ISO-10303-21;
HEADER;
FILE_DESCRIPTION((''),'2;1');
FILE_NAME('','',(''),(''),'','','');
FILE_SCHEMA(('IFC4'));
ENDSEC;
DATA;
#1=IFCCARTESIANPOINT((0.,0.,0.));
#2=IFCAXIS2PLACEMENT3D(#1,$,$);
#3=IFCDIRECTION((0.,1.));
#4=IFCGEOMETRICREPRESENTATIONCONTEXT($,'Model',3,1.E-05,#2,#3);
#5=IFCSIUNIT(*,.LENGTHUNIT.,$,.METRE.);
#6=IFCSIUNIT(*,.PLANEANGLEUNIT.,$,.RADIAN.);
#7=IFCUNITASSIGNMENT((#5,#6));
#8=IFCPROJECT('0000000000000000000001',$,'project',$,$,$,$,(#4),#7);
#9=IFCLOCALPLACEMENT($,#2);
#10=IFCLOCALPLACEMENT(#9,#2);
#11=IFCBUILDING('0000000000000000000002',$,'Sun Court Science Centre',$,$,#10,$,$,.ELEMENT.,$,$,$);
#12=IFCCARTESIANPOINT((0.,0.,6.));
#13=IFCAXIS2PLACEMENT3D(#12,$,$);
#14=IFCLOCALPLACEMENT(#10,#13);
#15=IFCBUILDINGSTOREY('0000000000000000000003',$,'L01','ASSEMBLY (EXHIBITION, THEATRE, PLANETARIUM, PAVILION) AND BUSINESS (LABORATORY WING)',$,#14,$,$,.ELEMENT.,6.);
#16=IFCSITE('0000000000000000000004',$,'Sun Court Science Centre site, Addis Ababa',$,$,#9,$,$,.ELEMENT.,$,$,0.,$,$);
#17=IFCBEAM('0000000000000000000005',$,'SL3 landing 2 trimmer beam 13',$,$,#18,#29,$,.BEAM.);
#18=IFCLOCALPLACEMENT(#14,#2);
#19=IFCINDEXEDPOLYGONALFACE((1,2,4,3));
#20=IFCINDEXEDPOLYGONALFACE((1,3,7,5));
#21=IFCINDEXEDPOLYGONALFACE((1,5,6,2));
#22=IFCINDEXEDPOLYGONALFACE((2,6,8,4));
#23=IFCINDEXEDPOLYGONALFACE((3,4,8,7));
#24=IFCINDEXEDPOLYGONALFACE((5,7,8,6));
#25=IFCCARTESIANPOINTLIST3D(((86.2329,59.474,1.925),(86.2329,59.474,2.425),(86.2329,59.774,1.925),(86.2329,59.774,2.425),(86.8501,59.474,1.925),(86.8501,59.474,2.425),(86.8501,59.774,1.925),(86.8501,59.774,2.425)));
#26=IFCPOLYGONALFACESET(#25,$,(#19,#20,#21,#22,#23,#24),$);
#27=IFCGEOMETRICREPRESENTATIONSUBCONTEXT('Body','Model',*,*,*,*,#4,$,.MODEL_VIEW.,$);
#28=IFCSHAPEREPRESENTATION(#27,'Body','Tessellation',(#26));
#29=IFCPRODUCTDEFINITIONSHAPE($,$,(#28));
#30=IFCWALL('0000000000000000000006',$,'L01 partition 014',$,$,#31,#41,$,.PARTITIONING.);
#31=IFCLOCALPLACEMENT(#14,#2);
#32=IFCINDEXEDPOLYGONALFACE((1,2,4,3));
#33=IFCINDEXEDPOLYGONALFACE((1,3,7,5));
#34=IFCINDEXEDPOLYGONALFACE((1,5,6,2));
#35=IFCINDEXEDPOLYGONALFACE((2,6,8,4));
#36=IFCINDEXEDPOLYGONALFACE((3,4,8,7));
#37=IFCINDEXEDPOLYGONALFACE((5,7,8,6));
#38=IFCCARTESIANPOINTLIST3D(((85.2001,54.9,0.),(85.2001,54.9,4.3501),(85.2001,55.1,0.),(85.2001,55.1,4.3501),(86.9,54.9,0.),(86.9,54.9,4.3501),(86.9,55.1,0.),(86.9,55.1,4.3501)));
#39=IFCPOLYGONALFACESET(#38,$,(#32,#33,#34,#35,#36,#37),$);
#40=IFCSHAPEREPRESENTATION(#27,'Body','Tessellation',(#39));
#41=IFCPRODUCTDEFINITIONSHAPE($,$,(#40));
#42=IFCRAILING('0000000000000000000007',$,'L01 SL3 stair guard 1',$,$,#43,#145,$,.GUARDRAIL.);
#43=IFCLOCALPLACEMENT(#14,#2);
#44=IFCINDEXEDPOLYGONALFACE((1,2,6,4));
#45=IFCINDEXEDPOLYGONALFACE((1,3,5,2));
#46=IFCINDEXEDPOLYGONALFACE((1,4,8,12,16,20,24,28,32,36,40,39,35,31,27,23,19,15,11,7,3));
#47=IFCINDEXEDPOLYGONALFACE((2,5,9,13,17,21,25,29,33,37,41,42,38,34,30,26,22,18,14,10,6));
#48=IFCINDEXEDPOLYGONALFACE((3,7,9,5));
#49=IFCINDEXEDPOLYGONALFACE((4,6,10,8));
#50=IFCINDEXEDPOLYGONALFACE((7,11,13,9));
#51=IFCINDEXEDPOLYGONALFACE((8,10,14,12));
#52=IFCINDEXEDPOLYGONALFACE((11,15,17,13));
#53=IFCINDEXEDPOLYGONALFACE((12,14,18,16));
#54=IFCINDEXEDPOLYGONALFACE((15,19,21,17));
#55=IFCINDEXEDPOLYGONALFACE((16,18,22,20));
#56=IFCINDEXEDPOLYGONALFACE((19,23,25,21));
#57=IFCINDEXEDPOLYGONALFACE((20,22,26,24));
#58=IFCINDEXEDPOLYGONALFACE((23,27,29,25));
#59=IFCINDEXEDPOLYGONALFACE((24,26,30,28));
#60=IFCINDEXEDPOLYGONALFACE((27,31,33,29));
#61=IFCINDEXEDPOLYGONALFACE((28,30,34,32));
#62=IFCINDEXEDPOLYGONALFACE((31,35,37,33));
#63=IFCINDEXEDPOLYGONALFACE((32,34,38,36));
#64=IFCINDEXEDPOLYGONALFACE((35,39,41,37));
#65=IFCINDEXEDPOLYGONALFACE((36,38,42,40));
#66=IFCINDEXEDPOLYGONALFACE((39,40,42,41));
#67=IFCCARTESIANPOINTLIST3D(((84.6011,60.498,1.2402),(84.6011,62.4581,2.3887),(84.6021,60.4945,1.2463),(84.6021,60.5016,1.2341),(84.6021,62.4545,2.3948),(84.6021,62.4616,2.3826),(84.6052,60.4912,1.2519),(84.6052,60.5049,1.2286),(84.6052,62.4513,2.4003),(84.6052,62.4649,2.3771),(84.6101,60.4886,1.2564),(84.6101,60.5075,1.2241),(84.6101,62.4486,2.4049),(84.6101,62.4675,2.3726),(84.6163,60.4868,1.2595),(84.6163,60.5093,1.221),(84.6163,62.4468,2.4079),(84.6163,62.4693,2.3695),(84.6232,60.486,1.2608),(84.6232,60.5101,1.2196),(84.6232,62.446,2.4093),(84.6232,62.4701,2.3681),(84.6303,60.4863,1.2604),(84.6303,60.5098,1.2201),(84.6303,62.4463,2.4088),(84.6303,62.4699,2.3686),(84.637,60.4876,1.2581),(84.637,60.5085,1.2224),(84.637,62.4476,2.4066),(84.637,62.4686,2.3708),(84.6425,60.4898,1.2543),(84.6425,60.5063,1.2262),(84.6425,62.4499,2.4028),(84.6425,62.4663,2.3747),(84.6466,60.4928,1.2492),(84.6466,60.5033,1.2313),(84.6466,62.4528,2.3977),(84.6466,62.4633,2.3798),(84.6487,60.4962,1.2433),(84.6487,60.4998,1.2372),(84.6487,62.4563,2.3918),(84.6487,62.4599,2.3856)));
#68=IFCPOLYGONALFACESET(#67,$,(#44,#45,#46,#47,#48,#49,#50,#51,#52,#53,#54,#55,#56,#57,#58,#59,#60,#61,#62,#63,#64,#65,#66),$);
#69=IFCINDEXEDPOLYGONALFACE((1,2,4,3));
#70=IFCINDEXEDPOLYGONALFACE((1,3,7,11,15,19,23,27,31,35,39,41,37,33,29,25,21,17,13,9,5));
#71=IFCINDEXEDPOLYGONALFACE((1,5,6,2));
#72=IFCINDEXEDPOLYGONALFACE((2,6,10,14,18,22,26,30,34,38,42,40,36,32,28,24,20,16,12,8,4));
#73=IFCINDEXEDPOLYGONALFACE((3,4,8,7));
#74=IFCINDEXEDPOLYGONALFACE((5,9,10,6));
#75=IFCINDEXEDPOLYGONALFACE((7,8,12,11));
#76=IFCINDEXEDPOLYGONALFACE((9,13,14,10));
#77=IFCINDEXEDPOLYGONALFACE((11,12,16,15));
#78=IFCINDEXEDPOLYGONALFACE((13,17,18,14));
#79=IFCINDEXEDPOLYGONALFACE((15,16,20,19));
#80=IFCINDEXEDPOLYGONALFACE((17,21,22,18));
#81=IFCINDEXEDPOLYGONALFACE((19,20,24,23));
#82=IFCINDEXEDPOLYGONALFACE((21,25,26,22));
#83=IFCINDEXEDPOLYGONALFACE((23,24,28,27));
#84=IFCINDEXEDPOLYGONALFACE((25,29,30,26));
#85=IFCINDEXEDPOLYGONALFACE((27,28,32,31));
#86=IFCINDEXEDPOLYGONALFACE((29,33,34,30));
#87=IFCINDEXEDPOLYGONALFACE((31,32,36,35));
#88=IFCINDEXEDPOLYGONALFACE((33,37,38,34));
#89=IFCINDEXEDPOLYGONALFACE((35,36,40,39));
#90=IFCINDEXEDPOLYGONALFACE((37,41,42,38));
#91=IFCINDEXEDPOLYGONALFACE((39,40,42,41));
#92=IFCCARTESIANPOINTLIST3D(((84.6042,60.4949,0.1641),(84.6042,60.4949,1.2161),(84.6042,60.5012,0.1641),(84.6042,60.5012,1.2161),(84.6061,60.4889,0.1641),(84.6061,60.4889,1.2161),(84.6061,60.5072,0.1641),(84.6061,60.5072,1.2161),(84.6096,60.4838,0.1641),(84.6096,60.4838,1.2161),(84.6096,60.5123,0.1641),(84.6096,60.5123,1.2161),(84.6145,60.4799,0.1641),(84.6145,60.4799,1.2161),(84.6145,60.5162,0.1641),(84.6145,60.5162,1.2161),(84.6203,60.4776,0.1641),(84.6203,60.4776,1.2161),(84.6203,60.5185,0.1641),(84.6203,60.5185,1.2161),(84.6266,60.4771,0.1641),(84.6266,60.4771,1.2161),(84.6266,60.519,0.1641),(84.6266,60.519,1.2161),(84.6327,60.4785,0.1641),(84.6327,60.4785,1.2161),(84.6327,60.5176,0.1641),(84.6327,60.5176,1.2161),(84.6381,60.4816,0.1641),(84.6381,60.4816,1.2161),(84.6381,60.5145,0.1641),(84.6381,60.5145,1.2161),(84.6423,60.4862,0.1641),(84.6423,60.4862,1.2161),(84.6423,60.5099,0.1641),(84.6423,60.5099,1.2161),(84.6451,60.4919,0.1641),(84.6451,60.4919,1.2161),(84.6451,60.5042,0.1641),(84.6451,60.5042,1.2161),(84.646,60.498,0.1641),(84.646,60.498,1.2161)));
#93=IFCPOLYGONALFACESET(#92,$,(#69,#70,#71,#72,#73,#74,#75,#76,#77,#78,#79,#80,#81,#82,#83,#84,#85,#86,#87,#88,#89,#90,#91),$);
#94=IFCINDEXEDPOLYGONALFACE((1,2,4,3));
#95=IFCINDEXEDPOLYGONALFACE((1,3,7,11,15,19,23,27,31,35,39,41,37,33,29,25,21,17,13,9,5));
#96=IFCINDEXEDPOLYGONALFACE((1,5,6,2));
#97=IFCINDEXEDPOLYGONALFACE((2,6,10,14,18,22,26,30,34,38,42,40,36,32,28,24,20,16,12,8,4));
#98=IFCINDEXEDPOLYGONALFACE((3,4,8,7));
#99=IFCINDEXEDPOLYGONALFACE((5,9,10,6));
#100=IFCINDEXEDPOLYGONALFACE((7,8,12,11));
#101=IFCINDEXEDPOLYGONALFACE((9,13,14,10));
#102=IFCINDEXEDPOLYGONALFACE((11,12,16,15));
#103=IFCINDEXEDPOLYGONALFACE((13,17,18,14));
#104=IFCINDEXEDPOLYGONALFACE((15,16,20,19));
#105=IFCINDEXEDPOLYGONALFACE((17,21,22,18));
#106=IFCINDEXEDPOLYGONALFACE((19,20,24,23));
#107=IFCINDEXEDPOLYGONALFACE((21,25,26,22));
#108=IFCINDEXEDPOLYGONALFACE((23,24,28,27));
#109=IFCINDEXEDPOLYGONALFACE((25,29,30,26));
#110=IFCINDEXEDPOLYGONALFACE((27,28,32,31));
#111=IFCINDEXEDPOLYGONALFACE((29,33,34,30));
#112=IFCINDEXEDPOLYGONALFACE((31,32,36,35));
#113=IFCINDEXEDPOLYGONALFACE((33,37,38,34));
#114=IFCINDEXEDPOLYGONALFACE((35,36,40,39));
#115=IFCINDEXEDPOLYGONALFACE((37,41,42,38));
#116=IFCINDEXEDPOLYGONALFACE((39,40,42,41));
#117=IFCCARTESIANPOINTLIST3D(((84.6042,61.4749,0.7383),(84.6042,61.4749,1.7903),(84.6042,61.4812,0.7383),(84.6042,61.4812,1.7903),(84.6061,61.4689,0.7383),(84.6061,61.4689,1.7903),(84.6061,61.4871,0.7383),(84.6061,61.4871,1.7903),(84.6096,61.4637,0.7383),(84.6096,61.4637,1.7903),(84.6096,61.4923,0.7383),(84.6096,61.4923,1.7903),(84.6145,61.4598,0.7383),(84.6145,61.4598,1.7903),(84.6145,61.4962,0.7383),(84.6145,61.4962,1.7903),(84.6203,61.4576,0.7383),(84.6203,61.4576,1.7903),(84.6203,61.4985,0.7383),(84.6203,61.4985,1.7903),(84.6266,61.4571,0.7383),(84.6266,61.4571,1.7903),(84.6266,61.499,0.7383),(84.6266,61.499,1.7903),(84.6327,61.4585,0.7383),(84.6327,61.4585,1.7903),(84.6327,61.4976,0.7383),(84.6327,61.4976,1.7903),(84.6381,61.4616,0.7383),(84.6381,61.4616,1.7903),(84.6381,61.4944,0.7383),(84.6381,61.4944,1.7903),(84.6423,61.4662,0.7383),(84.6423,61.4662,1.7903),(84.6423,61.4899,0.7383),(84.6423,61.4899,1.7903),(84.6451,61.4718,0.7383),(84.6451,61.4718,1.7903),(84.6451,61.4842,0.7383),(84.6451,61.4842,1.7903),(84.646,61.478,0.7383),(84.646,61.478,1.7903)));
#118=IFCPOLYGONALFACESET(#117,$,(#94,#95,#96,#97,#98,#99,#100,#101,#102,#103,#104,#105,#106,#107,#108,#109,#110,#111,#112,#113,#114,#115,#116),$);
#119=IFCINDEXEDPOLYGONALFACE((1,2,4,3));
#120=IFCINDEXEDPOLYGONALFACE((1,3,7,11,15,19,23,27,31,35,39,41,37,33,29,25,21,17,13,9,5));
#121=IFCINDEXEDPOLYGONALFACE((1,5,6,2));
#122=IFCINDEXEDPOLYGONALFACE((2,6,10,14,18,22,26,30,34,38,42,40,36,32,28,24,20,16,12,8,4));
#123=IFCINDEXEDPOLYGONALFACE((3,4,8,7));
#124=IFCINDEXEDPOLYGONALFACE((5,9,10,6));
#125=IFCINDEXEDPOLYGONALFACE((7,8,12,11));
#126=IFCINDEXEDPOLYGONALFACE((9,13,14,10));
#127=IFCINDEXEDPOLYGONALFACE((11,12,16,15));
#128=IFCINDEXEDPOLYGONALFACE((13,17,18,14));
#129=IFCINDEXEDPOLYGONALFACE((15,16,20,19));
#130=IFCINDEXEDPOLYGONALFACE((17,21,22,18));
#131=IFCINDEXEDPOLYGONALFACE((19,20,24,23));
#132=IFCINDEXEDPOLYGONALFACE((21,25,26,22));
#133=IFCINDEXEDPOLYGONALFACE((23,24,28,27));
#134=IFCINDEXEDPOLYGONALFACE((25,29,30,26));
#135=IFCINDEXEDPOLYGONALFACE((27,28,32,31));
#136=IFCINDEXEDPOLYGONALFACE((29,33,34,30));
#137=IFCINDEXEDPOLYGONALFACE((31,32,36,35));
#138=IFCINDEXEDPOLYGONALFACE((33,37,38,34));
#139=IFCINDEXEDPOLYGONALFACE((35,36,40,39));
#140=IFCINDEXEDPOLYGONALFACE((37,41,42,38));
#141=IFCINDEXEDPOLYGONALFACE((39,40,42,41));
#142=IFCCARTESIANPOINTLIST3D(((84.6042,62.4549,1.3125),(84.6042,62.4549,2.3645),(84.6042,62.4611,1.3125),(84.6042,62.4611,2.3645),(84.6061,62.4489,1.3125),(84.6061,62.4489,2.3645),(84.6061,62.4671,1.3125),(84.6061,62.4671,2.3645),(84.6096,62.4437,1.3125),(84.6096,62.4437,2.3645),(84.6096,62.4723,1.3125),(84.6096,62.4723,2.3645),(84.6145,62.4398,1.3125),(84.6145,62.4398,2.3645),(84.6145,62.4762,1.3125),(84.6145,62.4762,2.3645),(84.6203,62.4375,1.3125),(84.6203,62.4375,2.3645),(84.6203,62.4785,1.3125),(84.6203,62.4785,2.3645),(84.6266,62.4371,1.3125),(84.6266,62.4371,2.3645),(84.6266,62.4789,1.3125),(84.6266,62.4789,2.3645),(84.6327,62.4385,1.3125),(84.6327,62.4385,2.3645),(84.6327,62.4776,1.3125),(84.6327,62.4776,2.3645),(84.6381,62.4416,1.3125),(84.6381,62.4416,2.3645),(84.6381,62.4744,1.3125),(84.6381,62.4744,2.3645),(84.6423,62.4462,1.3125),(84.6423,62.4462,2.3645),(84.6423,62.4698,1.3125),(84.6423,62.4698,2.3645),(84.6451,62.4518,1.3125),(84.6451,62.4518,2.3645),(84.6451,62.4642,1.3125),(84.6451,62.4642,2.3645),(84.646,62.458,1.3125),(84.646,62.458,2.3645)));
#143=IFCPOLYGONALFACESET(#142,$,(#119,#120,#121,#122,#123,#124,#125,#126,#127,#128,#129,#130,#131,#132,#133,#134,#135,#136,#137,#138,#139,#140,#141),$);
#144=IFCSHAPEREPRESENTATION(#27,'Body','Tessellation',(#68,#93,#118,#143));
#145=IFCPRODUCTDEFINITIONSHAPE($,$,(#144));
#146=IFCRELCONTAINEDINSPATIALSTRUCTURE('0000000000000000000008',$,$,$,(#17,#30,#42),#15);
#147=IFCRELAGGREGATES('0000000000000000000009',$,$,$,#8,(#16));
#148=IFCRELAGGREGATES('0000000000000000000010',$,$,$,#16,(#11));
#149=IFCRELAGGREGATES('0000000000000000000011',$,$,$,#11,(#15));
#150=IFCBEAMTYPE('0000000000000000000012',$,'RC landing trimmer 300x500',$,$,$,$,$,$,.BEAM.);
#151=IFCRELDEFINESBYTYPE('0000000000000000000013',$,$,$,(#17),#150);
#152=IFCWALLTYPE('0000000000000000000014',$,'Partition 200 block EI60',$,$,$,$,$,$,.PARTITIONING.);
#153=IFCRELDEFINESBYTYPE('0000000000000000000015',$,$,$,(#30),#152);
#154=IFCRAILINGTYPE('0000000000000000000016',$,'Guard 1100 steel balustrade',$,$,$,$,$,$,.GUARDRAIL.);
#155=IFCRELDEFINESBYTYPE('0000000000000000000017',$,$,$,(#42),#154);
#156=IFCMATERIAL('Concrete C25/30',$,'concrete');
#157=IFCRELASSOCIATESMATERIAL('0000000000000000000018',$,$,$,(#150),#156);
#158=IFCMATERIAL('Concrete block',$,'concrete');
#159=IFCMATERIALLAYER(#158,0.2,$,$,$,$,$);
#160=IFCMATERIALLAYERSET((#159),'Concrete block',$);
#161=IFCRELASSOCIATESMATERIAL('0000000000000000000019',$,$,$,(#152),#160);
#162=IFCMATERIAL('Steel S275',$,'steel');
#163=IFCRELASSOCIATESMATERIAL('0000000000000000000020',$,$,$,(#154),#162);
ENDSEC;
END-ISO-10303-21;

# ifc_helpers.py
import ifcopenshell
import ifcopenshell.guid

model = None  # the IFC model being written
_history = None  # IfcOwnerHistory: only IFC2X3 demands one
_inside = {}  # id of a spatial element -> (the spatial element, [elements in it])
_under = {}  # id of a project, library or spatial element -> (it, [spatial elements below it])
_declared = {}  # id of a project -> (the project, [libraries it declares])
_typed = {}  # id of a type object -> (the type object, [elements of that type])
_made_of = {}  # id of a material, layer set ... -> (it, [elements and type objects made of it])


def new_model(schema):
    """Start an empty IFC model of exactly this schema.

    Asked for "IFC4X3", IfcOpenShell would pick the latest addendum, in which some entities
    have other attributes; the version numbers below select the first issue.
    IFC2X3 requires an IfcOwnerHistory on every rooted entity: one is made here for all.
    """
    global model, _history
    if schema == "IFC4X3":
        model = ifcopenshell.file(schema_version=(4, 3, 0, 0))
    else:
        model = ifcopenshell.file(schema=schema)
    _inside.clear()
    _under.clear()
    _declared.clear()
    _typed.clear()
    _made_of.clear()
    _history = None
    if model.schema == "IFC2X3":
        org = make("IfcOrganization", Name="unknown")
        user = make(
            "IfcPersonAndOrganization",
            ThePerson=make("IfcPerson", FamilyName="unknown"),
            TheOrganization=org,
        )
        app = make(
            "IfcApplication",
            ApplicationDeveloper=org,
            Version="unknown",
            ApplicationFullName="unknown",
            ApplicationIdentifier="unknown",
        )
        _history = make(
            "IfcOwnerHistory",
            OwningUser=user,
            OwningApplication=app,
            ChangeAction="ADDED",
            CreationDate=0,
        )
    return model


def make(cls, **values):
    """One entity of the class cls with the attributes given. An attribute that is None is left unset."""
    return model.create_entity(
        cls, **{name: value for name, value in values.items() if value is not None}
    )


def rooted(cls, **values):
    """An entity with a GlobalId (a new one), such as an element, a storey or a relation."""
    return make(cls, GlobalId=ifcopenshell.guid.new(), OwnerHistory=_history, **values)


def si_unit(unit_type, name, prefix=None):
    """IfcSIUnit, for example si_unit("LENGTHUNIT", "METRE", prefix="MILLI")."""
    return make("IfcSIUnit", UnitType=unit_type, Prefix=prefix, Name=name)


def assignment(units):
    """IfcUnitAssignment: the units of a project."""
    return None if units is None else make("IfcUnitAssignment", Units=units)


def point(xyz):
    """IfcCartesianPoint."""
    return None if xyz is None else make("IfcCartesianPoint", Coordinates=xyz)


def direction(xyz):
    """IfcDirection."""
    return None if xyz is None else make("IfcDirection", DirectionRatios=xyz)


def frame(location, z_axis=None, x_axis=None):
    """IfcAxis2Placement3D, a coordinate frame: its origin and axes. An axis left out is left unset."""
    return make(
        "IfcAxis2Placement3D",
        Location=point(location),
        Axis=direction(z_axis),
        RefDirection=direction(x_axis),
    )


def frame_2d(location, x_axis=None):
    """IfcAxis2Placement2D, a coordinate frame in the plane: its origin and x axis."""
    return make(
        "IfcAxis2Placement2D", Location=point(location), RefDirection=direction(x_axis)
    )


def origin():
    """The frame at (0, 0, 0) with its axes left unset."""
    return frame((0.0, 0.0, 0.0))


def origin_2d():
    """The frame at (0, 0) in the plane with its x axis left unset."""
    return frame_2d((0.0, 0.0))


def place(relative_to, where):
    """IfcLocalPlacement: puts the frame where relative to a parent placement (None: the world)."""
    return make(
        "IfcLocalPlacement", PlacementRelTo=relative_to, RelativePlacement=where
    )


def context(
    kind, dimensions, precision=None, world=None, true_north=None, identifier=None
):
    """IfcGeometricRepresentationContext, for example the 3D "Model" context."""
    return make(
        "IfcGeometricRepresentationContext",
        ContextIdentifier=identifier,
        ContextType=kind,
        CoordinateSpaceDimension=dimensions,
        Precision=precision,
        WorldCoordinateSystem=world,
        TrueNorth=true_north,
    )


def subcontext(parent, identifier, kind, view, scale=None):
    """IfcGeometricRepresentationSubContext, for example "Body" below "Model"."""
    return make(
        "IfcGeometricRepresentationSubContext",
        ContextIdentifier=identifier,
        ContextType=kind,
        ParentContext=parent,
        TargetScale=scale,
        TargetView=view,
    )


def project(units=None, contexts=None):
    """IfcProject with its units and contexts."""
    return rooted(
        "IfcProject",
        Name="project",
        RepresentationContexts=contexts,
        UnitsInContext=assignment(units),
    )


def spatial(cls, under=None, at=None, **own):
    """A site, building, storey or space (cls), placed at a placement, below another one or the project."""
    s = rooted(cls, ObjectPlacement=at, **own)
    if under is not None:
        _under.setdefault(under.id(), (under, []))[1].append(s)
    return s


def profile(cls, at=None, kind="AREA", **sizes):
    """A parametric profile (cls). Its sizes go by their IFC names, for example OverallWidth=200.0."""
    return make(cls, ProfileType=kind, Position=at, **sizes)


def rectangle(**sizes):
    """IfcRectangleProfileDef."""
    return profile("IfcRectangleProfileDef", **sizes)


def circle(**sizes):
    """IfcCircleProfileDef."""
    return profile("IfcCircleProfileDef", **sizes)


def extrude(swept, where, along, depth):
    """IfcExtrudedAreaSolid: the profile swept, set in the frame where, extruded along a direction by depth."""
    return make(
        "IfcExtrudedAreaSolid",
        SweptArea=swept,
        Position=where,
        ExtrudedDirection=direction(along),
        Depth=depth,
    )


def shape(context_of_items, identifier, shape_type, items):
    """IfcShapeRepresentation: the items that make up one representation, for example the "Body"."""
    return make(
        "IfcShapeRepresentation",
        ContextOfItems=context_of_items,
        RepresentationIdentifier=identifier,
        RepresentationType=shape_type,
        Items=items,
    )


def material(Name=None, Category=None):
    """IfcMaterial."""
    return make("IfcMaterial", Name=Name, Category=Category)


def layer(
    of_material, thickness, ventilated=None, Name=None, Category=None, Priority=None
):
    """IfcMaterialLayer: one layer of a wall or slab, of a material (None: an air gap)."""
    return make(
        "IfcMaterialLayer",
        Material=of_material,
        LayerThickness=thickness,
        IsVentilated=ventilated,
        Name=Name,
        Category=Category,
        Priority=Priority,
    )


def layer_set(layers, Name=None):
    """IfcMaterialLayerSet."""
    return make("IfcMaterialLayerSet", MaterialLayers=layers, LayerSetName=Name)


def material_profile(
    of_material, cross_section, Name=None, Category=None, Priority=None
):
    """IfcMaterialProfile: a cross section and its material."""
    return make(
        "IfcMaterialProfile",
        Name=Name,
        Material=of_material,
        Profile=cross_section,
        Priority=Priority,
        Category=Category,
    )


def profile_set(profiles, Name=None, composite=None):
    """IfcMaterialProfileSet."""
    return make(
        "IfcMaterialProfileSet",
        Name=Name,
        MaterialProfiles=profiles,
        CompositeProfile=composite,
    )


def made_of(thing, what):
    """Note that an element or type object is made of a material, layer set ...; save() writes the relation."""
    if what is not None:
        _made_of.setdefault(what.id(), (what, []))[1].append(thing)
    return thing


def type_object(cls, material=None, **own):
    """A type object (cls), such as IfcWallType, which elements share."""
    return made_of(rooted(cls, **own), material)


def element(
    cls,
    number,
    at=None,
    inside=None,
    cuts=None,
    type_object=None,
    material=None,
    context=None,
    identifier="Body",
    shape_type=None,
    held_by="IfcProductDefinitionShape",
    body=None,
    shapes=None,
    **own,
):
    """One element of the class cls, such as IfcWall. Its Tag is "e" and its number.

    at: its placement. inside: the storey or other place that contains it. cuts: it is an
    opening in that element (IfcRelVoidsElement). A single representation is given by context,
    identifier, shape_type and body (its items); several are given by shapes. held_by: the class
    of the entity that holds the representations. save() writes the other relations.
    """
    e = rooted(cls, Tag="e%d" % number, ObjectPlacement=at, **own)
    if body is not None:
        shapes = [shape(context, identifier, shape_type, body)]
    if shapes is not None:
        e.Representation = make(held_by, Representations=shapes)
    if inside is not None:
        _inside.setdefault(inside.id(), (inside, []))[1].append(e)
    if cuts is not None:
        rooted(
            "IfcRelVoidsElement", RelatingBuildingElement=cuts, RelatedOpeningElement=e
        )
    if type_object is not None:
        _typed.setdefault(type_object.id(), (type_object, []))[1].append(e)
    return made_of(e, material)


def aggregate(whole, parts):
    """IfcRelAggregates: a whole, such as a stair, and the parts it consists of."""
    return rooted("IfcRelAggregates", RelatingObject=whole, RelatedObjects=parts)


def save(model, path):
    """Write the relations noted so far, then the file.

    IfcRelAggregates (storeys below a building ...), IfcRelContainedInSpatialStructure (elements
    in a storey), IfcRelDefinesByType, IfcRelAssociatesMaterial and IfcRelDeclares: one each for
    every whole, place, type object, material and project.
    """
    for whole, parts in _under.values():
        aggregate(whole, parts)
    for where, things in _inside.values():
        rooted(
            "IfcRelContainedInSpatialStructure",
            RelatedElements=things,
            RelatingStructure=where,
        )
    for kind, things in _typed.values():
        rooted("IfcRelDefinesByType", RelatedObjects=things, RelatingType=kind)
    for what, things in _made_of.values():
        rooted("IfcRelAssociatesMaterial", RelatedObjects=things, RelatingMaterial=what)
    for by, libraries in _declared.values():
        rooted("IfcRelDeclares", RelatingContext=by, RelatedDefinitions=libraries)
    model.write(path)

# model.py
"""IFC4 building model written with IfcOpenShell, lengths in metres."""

from ifc_helpers import new_model, si_unit, direction, frame, frame_2d, origin, origin_2d, place, context, subcontext, project, spatial, rectangle, circle, extrude, material, layer, layer_set, material_profile, profile_set, type_object, element, save


model = new_model("IFC4")

# Units and contexts
model_context = context("Model", 3, precision=1e-05, world=origin(), true_north=direction((0.0, 1.0)))
body_context = subcontext(model_context, "Body", "Model", "MODEL_VIEW")
ifc_project = project(units=[si_unit("LENGTHUNIT", "METRE"), si_unit("PLANEANGLEUNIT", "RADIAN")], contexts=[model_context])

# Site, building, storey
site_placement = place(None, origin())
site = spatial("IfcSite", under=ifc_project, at=site_placement, Name="Sun Court Science Centre site, Addis Ababa", CompositionType="ELEMENT", RefElevation=0.0)
building_placement = place(site_placement, origin())
building = spatial("IfcBuilding", under=site, at=building_placement, Name="Sun Court Science Centre", CompositionType="ELEMENT")
storey_placement = place(building_placement, frame((0.0, 0.0, 6.0)))
storey = spatial("IfcBuildingStorey", under=building, at=storey_placement, Name="L01", Description="ASSEMBLY (EXHIBITION, THEATRE, PLANETARIUM, PAVILION) AND BUSINESS (LABORATORY WING)", CompositionType="ELEMENT", Elevation=6.0)

# Beam
ifc_material_1 = material(Name="Concrete C25/30", Category="concrete")
ifc_material_profile = material_profile(ifc_material_1, rectangle(XDim=0.3, YDim=0.5, at=origin_2d()), Name="RC 300x500")
ifc_profile_set = profile_set([ifc_material_profile], Name="Concrete C25/30")
beam_type = type_object("IfcBeamType", Name="RC landing trimmer 300x500", PredefinedType="BEAM", material=ifc_profile_set)
beam_placement = place(storey_placement, frame((86.8501, 59.624, 2.175), z_axis=(-1.0, 0.0, 0.0), x_axis=(0.0, -1.0, 0.0)))
element("IfcBeam", 1, at=beam_placement, inside=storey, type_object=beam_type, Name="SL3 landing 2 trimmer beam 13", PredefinedType="BEAM", context=body_context, shape_type="SweptSolid", body=[
    extrude(rectangle(XDim=0.3, YDim=0.5, at=origin_2d()), origin(), (0.0, 0.0, 1.0), 0.6172),
])

# Wall
ifc_material_2 = material(Name="Concrete block", Category="concrete")
ifc_layer = layer(ifc_material_2, 0.2)
ifc_layer_set = layer_set([ifc_layer], Name="Concrete block")
wall_type = type_object("IfcWallType", Name="Partition 200 block EI60", PredefinedType="PARTITIONING", material=ifc_layer_set)
wall_placement = place(storey_placement, frame((85.2, 55.0, 0.0), z_axis=(0.0, 0.0, 1.0), x_axis=(1.0, 0.0, 0.0)))
element("IfcWall", 2, at=wall_placement, inside=storey, type_object=wall_type, Name="L01 partition 014", PredefinedType="PARTITIONING", context=body_context, shape_type="SweptSolid", body=[
    extrude(rectangle(XDim=1.7, YDim=0.2, at=frame_2d((0.8501, 0.0))), origin(), (0.0, 0.0, 1.0), 4.3501),
])

# Railing
ifc_material_3 = material(Name="Steel S275", Category="steel")
railing_type_1 = type_object("IfcRailingType", Name="Guard 1100 steel balustrade", PredefinedType="GUARDRAIL", material=ifc_material_3)
railing_1_placement = place(storey_placement, frame((84.625, 60.498, 0.1641)))
element("IfcRailing", 3, at=railing_1_placement, inside=storey, type_object=railing_type_1, Name="L01 SL3 stair guard 1", PredefinedType="GUARDRAIL", context=body_context, shape_type="SweptSolid", body=[
    extrude(circle(Radius=0.0239, at=origin_2d()), frame((0.0, 0.0, 1.0762), z_axis=(0.0, 0.862795, 0.505554), x_axis=(-1.0, 0.0, 0.0)), (0.0, 0.0, 1.0), 2.2717),
    extrude(circle(Radius=0.021, at=origin_2d()), origin(), (0.0, 0.0, 1.0), 1.052),
    extrude(circle(Radius=0.021, at=origin_2d()), frame((0.0, 0.98, 0.5742)), (0.0, 0.0, 1.0), 1.052),
    extrude(circle(Radius=0.021, at=origin_2d()), frame((0.0, 1.96, 1.1484)), (0.0, 0.0, 1.0), 1.052),
])

save(model, "model.ifc")
